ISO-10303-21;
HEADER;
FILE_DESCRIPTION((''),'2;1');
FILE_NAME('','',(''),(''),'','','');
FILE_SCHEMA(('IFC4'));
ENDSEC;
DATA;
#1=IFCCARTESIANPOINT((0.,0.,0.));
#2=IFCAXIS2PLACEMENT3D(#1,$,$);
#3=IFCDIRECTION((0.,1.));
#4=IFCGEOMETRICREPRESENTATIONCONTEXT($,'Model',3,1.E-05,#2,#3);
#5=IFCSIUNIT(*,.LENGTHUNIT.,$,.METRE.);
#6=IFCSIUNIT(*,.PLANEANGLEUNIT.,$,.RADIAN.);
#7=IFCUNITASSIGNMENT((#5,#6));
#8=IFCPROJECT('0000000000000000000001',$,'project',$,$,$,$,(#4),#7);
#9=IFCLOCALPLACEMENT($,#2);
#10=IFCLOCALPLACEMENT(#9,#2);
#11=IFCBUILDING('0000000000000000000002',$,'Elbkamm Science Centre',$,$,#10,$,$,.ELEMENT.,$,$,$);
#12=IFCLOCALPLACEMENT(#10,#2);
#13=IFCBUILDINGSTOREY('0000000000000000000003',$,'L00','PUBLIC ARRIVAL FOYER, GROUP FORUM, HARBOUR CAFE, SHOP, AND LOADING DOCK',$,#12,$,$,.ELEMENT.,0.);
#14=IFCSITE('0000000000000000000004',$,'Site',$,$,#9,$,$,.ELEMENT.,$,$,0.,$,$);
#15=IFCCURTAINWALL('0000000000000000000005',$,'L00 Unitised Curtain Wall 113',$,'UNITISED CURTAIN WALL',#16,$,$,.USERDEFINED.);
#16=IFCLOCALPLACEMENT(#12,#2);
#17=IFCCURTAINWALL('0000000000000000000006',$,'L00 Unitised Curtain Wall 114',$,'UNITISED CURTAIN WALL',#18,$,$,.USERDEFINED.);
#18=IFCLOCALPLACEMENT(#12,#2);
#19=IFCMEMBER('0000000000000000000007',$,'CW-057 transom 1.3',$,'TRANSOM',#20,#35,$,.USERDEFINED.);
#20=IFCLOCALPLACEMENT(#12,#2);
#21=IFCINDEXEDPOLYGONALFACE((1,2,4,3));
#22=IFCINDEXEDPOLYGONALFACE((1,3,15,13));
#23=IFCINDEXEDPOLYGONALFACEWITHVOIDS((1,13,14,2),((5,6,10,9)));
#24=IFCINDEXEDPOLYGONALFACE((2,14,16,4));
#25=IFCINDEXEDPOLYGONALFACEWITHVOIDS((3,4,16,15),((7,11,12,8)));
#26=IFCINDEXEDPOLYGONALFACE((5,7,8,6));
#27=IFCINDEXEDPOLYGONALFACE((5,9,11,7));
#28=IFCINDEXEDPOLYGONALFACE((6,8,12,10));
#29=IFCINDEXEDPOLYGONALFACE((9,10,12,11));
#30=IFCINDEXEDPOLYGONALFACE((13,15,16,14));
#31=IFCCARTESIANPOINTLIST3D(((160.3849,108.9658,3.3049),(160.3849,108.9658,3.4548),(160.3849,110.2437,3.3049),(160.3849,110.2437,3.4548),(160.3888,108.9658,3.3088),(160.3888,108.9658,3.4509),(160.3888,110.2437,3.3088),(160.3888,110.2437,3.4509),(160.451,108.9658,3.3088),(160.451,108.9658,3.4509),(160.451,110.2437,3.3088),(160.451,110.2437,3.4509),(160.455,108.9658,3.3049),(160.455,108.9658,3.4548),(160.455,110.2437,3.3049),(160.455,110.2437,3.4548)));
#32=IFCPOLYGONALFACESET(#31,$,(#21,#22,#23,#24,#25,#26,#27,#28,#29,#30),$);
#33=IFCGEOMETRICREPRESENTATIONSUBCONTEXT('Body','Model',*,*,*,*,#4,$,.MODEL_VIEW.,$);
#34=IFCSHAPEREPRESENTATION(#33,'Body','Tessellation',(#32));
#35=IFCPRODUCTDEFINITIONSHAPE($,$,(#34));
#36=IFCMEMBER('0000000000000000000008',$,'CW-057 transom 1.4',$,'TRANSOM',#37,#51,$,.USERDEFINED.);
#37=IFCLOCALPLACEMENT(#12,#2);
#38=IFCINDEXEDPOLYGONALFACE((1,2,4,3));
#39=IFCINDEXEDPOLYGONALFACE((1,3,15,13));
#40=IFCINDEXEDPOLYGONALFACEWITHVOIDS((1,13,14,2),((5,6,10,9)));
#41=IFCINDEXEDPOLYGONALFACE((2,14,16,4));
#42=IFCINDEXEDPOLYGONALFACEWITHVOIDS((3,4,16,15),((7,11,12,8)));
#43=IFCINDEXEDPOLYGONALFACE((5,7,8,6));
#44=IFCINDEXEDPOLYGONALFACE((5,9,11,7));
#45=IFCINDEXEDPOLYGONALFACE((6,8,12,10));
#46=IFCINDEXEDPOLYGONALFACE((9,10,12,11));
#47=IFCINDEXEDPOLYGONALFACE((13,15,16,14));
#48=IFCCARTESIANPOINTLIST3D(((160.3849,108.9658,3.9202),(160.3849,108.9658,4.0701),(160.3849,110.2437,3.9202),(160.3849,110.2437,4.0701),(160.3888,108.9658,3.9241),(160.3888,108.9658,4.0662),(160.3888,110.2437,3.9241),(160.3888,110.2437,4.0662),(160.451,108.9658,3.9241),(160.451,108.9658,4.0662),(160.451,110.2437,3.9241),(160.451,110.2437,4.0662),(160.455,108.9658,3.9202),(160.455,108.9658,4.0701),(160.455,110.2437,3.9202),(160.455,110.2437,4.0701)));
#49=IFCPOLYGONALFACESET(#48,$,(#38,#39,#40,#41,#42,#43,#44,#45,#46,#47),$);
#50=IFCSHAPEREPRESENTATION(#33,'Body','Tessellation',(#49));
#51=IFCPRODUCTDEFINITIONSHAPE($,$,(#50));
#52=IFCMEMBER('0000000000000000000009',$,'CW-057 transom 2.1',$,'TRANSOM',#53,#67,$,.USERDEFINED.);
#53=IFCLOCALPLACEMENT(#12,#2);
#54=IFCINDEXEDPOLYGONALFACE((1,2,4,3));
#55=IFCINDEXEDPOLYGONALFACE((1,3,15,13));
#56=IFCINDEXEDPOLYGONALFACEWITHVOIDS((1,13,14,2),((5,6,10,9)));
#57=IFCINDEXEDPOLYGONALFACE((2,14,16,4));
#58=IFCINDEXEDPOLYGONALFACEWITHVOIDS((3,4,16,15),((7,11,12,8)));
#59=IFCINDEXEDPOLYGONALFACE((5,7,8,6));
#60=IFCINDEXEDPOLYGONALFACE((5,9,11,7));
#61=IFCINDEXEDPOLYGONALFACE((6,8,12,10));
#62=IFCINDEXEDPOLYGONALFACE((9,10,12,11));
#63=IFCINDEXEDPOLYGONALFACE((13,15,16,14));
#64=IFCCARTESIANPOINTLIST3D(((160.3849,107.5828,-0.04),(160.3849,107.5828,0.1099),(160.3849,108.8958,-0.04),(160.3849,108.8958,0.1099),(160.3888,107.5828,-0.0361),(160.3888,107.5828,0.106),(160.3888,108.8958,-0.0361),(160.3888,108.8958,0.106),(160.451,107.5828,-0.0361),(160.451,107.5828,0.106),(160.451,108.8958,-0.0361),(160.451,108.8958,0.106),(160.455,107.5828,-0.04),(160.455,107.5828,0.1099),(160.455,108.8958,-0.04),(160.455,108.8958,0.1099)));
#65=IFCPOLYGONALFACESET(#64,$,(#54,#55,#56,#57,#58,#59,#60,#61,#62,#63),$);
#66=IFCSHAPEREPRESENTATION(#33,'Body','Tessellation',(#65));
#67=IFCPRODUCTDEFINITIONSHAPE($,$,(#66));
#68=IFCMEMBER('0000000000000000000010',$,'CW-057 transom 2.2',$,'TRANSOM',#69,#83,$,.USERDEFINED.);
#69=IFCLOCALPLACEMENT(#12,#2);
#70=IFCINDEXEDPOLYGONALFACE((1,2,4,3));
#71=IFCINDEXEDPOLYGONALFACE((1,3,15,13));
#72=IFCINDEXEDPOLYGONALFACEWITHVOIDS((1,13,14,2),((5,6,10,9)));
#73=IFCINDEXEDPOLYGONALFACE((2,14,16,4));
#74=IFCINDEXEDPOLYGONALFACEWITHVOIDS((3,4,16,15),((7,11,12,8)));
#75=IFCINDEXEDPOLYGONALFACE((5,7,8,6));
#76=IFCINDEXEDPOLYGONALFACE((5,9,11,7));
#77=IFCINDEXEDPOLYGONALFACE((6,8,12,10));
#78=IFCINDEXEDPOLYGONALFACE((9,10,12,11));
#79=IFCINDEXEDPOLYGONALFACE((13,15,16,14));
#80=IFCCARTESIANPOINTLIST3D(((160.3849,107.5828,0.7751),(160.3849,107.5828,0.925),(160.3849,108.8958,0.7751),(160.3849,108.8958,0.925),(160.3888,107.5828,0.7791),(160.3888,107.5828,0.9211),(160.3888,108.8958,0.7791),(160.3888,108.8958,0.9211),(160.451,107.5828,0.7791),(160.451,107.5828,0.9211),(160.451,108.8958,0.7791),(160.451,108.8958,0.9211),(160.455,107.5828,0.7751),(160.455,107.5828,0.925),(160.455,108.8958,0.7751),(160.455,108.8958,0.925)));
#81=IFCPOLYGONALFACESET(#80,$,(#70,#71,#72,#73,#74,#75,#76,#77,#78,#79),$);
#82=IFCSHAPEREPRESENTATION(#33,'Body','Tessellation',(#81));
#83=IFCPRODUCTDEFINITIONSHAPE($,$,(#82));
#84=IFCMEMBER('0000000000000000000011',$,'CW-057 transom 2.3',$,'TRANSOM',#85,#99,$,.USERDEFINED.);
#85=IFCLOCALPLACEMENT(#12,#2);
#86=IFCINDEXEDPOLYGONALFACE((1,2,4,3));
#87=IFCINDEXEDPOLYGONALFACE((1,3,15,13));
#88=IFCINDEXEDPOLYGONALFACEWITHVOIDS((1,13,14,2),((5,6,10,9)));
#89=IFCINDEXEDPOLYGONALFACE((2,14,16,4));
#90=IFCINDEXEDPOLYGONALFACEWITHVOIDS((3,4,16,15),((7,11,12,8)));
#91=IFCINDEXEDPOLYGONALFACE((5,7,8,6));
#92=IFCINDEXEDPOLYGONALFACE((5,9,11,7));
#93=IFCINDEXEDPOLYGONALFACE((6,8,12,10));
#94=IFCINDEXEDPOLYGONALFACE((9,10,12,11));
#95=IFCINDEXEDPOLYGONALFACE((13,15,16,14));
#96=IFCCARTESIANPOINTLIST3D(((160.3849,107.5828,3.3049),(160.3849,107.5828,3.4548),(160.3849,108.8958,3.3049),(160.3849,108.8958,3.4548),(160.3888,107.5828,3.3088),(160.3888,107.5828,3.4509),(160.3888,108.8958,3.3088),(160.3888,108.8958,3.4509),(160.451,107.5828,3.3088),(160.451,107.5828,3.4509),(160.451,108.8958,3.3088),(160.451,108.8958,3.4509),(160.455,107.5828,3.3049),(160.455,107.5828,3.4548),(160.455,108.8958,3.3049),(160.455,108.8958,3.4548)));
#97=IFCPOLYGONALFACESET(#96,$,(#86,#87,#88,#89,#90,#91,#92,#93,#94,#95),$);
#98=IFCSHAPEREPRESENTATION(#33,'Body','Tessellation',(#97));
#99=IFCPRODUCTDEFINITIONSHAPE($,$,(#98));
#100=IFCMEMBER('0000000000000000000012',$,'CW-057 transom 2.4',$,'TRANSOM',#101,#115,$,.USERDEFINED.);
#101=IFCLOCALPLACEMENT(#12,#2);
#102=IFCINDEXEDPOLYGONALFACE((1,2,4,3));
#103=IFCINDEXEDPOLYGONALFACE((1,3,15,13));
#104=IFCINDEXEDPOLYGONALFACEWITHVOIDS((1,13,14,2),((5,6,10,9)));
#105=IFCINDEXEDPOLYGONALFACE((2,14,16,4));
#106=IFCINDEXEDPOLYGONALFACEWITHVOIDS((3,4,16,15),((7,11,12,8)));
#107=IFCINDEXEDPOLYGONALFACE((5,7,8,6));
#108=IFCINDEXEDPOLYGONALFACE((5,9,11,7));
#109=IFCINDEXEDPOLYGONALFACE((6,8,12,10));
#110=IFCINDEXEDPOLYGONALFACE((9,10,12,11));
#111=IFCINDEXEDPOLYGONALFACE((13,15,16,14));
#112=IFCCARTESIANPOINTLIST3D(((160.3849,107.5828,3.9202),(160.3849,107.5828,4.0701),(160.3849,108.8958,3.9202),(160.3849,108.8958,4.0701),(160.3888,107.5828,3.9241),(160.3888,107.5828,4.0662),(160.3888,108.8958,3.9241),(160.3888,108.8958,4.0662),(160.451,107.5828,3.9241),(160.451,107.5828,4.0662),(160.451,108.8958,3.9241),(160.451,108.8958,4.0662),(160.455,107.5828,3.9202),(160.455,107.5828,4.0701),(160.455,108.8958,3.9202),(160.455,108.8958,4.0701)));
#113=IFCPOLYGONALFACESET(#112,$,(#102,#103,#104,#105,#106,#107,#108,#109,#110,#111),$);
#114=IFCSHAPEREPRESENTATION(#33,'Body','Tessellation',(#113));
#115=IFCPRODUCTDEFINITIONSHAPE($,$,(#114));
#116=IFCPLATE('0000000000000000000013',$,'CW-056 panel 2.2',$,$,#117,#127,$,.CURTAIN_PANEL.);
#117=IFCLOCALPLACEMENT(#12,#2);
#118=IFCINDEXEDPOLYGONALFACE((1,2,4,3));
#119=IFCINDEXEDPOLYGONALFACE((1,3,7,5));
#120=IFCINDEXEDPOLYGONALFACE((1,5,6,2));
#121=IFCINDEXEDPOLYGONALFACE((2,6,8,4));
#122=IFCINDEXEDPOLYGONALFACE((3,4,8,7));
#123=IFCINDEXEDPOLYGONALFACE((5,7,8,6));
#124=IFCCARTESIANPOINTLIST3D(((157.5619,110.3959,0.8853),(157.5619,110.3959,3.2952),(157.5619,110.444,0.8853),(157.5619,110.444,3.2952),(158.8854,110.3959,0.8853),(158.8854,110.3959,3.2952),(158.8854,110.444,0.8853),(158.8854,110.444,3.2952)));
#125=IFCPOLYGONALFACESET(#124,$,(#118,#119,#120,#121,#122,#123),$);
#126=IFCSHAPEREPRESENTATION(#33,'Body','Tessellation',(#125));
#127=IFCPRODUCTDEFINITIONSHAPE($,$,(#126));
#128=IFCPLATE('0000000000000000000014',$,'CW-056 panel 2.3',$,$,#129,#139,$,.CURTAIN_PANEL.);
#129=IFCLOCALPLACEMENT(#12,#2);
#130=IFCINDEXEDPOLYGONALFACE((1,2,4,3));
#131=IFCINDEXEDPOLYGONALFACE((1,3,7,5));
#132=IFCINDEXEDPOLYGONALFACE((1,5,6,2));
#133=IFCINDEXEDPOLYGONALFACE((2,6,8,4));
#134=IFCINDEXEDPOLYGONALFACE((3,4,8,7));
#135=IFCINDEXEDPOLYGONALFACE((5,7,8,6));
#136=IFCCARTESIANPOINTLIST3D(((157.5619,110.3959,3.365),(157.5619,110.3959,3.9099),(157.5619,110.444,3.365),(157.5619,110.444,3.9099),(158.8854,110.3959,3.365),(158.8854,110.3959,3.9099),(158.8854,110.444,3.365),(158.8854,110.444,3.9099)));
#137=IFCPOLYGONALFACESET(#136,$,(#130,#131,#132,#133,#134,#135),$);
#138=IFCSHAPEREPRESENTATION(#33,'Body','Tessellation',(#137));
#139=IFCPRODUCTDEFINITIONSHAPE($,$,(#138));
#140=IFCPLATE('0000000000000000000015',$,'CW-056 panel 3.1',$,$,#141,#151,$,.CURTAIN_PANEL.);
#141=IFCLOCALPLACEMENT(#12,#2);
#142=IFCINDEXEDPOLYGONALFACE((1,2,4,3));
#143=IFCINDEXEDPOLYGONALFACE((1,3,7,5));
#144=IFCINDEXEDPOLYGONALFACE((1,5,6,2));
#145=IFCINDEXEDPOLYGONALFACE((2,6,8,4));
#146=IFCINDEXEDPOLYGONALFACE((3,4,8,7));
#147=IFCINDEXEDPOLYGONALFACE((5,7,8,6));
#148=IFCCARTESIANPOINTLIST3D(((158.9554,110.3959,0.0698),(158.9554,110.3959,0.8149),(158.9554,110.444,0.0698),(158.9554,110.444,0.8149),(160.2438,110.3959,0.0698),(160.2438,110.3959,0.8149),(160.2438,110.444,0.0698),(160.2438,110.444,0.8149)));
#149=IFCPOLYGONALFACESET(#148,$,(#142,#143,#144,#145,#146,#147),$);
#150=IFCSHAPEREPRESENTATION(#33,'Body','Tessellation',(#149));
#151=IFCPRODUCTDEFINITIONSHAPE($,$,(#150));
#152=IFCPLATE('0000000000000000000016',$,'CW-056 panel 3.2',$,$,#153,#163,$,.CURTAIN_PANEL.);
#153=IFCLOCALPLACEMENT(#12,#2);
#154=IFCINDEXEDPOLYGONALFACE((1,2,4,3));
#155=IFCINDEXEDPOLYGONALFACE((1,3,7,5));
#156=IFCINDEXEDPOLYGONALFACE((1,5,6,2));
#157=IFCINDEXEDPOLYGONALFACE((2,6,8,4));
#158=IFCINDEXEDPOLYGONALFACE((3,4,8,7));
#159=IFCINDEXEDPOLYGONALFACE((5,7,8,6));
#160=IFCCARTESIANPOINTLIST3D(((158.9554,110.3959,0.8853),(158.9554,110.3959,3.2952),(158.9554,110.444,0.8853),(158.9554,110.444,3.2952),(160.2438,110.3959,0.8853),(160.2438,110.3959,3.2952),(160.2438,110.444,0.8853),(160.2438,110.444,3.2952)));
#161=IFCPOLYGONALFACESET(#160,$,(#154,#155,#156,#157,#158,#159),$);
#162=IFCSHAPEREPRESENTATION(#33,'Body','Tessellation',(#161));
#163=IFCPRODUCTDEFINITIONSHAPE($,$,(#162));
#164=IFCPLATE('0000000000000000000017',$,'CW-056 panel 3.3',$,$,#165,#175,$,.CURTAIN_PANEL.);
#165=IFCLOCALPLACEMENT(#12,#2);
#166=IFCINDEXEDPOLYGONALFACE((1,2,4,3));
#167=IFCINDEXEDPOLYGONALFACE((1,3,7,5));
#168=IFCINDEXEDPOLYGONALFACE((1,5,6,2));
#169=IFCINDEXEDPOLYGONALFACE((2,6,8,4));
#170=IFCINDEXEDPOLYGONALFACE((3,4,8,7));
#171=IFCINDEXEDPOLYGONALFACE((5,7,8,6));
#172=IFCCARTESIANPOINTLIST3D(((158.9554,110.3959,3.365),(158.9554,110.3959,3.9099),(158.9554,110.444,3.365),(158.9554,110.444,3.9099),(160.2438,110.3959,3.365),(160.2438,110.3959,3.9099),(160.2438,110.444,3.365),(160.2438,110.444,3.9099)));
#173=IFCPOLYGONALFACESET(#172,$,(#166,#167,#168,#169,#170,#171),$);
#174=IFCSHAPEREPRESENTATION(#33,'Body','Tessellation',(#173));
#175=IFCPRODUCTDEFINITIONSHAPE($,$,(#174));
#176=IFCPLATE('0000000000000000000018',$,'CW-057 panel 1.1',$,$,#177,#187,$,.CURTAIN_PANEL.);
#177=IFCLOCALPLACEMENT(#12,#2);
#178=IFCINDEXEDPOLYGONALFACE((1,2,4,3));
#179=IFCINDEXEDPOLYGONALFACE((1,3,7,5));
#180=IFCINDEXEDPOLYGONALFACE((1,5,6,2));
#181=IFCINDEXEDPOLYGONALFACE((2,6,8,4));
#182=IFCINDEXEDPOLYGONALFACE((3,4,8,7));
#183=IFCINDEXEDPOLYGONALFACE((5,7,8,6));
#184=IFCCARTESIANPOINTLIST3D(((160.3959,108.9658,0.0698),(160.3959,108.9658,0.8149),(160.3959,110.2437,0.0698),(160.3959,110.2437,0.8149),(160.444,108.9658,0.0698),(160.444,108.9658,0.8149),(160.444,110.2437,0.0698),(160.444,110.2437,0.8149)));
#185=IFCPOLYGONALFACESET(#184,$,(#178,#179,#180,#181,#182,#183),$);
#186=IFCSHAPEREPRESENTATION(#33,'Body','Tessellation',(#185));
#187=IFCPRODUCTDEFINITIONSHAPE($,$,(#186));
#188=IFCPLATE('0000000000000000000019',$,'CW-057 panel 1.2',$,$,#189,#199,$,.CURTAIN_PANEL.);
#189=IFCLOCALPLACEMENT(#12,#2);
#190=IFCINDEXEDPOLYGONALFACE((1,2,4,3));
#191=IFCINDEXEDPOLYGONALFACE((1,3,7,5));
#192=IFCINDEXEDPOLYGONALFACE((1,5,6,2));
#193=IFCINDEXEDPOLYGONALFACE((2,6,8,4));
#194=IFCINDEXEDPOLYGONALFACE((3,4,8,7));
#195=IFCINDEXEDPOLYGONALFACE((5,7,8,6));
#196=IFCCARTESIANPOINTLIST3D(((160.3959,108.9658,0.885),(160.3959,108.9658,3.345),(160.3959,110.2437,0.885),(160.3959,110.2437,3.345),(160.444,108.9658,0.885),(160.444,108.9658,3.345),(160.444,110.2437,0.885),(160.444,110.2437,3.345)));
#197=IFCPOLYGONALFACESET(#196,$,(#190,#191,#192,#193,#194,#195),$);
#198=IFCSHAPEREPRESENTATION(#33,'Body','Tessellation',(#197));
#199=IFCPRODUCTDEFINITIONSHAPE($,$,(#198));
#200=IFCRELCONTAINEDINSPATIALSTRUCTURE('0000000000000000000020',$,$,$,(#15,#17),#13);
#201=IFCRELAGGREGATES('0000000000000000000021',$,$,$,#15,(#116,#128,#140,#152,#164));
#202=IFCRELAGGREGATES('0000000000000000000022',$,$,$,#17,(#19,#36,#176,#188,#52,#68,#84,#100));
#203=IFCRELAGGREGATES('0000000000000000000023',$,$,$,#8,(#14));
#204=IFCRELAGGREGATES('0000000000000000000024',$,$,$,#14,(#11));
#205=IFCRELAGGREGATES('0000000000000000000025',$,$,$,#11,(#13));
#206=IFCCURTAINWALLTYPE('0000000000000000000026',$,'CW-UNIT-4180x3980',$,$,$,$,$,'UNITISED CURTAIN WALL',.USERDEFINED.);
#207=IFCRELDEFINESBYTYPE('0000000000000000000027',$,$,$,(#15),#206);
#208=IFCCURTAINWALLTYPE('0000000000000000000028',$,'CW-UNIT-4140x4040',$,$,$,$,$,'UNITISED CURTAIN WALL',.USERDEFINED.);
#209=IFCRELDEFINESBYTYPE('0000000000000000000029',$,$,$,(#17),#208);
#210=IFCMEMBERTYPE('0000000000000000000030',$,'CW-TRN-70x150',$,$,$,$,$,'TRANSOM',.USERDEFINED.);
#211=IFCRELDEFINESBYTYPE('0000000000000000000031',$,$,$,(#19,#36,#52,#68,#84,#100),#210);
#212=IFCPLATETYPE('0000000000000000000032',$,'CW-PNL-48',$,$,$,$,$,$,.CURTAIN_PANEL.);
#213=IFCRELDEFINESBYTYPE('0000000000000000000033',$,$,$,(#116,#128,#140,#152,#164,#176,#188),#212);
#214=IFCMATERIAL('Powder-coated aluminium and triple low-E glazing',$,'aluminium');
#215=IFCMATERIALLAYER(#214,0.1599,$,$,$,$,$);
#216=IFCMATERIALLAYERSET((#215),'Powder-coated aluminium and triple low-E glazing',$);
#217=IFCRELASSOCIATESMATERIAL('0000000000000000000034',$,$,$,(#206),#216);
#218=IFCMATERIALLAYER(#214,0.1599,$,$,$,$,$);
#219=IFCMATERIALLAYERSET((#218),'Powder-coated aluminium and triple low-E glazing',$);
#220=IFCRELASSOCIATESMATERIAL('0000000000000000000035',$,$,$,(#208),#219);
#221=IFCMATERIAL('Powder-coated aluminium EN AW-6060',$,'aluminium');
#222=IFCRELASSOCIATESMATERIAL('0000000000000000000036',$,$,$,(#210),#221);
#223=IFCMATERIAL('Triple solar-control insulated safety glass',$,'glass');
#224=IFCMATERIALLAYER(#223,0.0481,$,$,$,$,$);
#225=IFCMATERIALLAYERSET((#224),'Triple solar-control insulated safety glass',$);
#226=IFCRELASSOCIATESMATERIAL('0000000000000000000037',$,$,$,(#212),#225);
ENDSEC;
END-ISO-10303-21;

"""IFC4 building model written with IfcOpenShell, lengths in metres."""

from ifc_helpers import new_model, si_unit, direction, frame, origin, origin_2d, place, context, subcontext, project, spatial, rectangle, hollow_rectangle, extrude, material, layer, layer_set, material_profile, profile_set, type_object, element, aggregate, save


model = new_model("IFC4")

# Units and contexts
model_context = context("Model", 3, precision=1e-05, world=origin(), true_north=direction((0.0, 1.0)))
body_context = subcontext(model_context, "Body", "Model", "MODEL_VIEW")
ifc_project = project(units=[si_unit("LENGTHUNIT", "METRE"), si_unit("PLANEANGLEUNIT", "RADIAN")], contexts=[model_context])

# Site, building, storey
site_placement = place(None, origin())
site = spatial("IfcSite", under=ifc_project, at=site_placement, Name="Site", CompositionType="ELEMENT", RefElevation=0.0)
building_placement = place(site_placement, origin())
building = spatial("IfcBuilding", under=site, at=building_placement, Name="Elbkamm Science Centre", CompositionType="ELEMENT")
storey_placement = place(building_placement, origin())
storey = spatial("IfcBuildingStorey", under=building, at=storey_placement, Name="L00", Description="PUBLIC ARRIVAL FOYER, GROUP FORUM, HARBOUR CAFE, SHOP, AND LOADING DOCK", CompositionType="ELEMENT", Elevation=0.0)

# Curtain walls
ifc_material_1 = material(Name="Powder-coated aluminium and triple low-E glazing", Category="aluminium")
ifc_layer_1 = layer(ifc_material_1, 0.1599)
ifc_layer_set_1 = layer_set([ifc_layer_1], Name="Powder-coated aluminium and triple low-E glazing")
curtain_wall_type_1 = type_object("IfcCurtainWallType", Name="CW-UNIT-4180x3980", ElementType="UNITISED CURTAIN WALL", PredefinedType="USERDEFINED", material=ifc_layer_set_1)
curtain_wall_1_placement = place(storey_placement, origin())
curtain_wall_1 = element("IfcCurtainWall", 1, at=curtain_wall_1_placement, inside=storey, type_object=curtain_wall_type_1, Name="L00 Unitised Curtain Wall 113", ObjectType="UNITISED CURTAIN WALL", PredefinedType="USERDEFINED")
ifc_material_2 = material(Name="Powder-coated aluminium EN AW-6060", Category="aluminium")
ifc_layer_2 = layer(ifc_material_1, 0.1599)
ifc_layer_set_2 = layer_set([ifc_layer_2], Name="Powder-coated aluminium and triple low-E glazing")
curtain_wall_type_2 = type_object("IfcCurtainWallType", Name="CW-UNIT-4140x4040", ElementType="UNITISED CURTAIN WALL", PredefinedType="USERDEFINED", material=ifc_layer_set_2)
curtain_wall_2_placement = place(storey_placement, origin())
curtain_wall_2 = element("IfcCurtainWall", 2, at=curtain_wall_2_placement, inside=storey, type_object=curtain_wall_type_2, Name="L00 Unitised Curtain Wall 114", ObjectType="UNITISED CURTAIN WALL", PredefinedType="USERDEFINED")

# Members
ifc_material_profile_1 = material_profile(ifc_material_2, hollow_rectangle(XDim=0.0701, YDim=0.1499, WallThickness=0.0039, at=origin_2d()), Name="ALU T70x150")
ifc_profile_set_1 = profile_set([ifc_material_profile_1], Name="Powder-coated aluminium EN AW-6060")
member_type_1 = type_object("IfcMemberType", Name="CW-TRN-70x150", ElementType="TRANSOM", PredefinedType="USERDEFINED", material=ifc_profile_set_1)
member_1_placement = place(storey_placement, frame((160.4199, 110.2437, 3.3799), z_axis=(0.0, -1.0, 0.0), x_axis=(1.0, 0.0, 0.0)))
member_1 = element("IfcMember", 3, at=member_1_placement, type_object=member_type_1, Name="CW-057 transom 1.3", ObjectType="TRANSOM", PredefinedType="USERDEFINED", context=body_context, shape_type="SweptSolid", body=[
    extrude(hollow_rectangle(XDim=0.0701, YDim=0.1499, WallThickness=0.0039, at=origin_2d()), origin(), (0.0, 0.0, 1.0), 1.2778),
])
member_2_placement = place(storey_placement, frame((160.4199, 110.2437, 3.9951), z_axis=(0.0, -1.0, 0.0), x_axis=(1.0, 0.0, 0.0)))
member_2 = element("IfcMember", 4, at=member_2_placement, type_object=member_type_1, Name="CW-057 transom 1.4", ObjectType="TRANSOM", PredefinedType="USERDEFINED", context=body_context, shape_type="SweptSolid", body=[
    extrude(hollow_rectangle(XDim=0.0701, YDim=0.1499, WallThickness=0.0039, at=origin_2d()), origin(), (0.0, 0.0, 1.0), 1.2778),
])
member_3_placement = place(storey_placement, frame((160.4199, 108.8958, 0.0349), z_axis=(0.0, -1.0, 0.0), x_axis=(1.0, 0.0, 0.0)))
member_3 = element("IfcMember", 5, at=member_3_placement, type_object=member_type_1, Name="CW-057 transom 2.1", ObjectType="TRANSOM", PredefinedType="USERDEFINED", context=body_context, shape_type="SweptSolid", body=[
    extrude(hollow_rectangle(XDim=0.0701, YDim=0.1499, WallThickness=0.0039, at=origin_2d()), origin(), (0.0, 0.0, 1.0), 1.313),
])
member_4_placement = place(storey_placement, frame((160.4199, 108.8958, 0.8501), z_axis=(0.0, -1.0, 0.0), x_axis=(1.0, 0.0, 0.0)))
member_4 = element("IfcMember", 6, at=member_4_placement, type_object=member_type_1, Name="CW-057 transom 2.2", ObjectType="TRANSOM", PredefinedType="USERDEFINED", context=body_context, shape_type="SweptSolid", body=[
    extrude(hollow_rectangle(XDim=0.0701, YDim=0.1499, WallThickness=0.0039, at=origin_2d()), origin(), (0.0, 0.0, 1.0), 1.313),
])
member_5_placement = place(storey_placement, frame((160.4199, 108.8958, 3.3799), z_axis=(0.0, -1.0, 0.0), x_axis=(1.0, 0.0, 0.0)))
member_5 = element("IfcMember", 7, at=member_5_placement, type_object=member_type_1, Name="CW-057 transom 2.3", ObjectType="TRANSOM", PredefinedType="USERDEFINED", context=body_context, shape_type="SweptSolid", body=[
    extrude(hollow_rectangle(XDim=0.0701, YDim=0.1499, WallThickness=0.0039, at=origin_2d()), origin(), (0.0, 0.0, 1.0), 1.313),
])
member_6_placement = place(storey_placement, frame((160.4199, 108.8958, 3.9951), z_axis=(0.0, -1.0, 0.0), x_axis=(1.0, 0.0, 0.0)))
member_6 = element("IfcMember", 8, at=member_6_placement, type_object=member_type_1, Name="CW-057 transom 2.4", ObjectType="TRANSOM", PredefinedType="USERDEFINED", context=body_context, shape_type="SweptSolid", body=[
    extrude(hollow_rectangle(XDim=0.0701, YDim=0.1499, WallThickness=0.0039, at=origin_2d()), origin(), (0.0, 0.0, 1.0), 1.313),
])

# Plates
ifc_material_3 = material(Name="Triple solar-control insulated safety glass", Category="glass")
ifc_layer_3 = layer(ifc_material_3, 0.0481)
ifc_layer_set_3 = layer_set([ifc_layer_3], Name="Triple solar-control insulated safety glass")
plate_type = type_object("IfcPlateType", Name="CW-PNL-48", PredefinedType="CURTAIN_PANEL", material=ifc_layer_set_3)
plate_1_placement = place(storey_placement, frame((158.2236, 110.4199, 0.8853), z_axis=(0.0, 0.0, 1.0), x_axis=(1.0, 0.0, 0.0)))
plate_1 = element("IfcPlate", 9, at=plate_1_placement, type_object=plate_type, Name="CW-056 panel 2.2", PredefinedType="CURTAIN_PANEL", context=body_context, shape_type="SweptSolid", body=[
    extrude(rectangle(XDim=1.3235, YDim=0.0481, at=origin_2d()), origin(), (0.0, 0.0, 1.0), 2.4099),
])
plate_2_placement = place(storey_placement, frame((158.2236, 110.4199, 3.365), z_axis=(0.0, 0.0, 1.0), x_axis=(1.0, 0.0, 0.0)))
plate_2 = element("IfcPlate", 10, at=plate_2_placement, type_object=plate_type, Name="CW-056 panel 2.3", PredefinedType="CURTAIN_PANEL", context=body_context, shape_type="SweptSolid", body=[
    extrude(rectangle(XDim=1.3235, YDim=0.0481, at=origin_2d()), origin(), (0.0, 0.0, 1.0), 0.5449),
])
plate_3_placement = place(storey_placement, frame((159.5996, 110.4199, 0.0698), z_axis=(0.0, 0.0, 1.0), x_axis=(1.0, 0.0, 0.0)))
plate_3 = element("IfcPlate", 11, at=plate_3_placement, type_object=plate_type, Name="CW-056 panel 3.1", PredefinedType="CURTAIN_PANEL", context=body_context, shape_type="SweptSolid", body=[
    extrude(rectangle(XDim=1.2883, YDim=0.0481, at=origin_2d()), origin(), (0.0, 0.0, 1.0), 0.7451),
])
plate_4_placement = place(storey_placement, frame((159.5996, 110.4199, 0.8853), z_axis=(0.0, 0.0, 1.0), x_axis=(1.0, 0.0, 0.0)))
plate_4 = element("IfcPlate", 12, at=plate_4_placement, type_object=plate_type, Name="CW-056 panel 3.2", PredefinedType="CURTAIN_PANEL", context=body_context, shape_type="SweptSolid", body=[
    extrude(rectangle(XDim=1.2883, YDim=0.0481, at=origin_2d()), origin(), (0.0, 0.0, 1.0), 2.4099),
])
plate_5_placement = place(storey_placement, frame((159.5996, 110.4199, 3.365), z_axis=(0.0, 0.0, 1.0), x_axis=(1.0, 0.0, 0.0)))
plate_5 = element("IfcPlate", 13, at=plate_5_placement, type_object=plate_type, Name="CW-056 panel 3.3", PredefinedType="CURTAIN_PANEL", context=body_context, shape_type="SweptSolid", body=[
    extrude(rectangle(XDim=1.2883, YDim=0.0481, at=origin_2d()), origin(), (0.0, 0.0, 1.0), 0.5449),
])
aggregate(curtain_wall_1, [plate_1, plate_2, plate_3, plate_4, plate_5])
plate_6_placement = place(storey_placement, frame((160.4199, 109.6047, 0.0698), z_axis=(0.0, 0.0, 1.0), x_axis=(0.0, -1.0, 0.0)))
plate_6 = element("IfcPlate", 14, at=plate_6_placement, type_object=plate_type, Name="CW-057 panel 1.1", PredefinedType="CURTAIN_PANEL", context=body_context, shape_type="SweptSolid", body=[
    extrude(rectangle(XDim=1.2778, YDim=0.0481, at=origin_2d()), origin(), (0.0, 0.0, 1.0), 0.7451),
])
plate_7_placement = place(storey_placement, frame((160.4199, 109.6047, 0.885), z_axis=(0.0, 0.0, 1.0), x_axis=(0.0, -1.0, 0.0)))
plate_7 = element("IfcPlate", 15, at=plate_7_placement, type_object=plate_type, Name="CW-057 panel 1.2", PredefinedType="CURTAIN_PANEL", context=body_context, shape_type="SweptSolid", body=[
    extrude(rectangle(XDim=1.2778, YDim=0.0481, at=origin_2d()), origin(), (0.0, 0.0, 1.0), 2.46),
])
aggregate(curtain_wall_2, [member_1, member_2, plate_6, plate_7, member_3, member_4, member_5, member_6])

save(model, "model.ifc")
